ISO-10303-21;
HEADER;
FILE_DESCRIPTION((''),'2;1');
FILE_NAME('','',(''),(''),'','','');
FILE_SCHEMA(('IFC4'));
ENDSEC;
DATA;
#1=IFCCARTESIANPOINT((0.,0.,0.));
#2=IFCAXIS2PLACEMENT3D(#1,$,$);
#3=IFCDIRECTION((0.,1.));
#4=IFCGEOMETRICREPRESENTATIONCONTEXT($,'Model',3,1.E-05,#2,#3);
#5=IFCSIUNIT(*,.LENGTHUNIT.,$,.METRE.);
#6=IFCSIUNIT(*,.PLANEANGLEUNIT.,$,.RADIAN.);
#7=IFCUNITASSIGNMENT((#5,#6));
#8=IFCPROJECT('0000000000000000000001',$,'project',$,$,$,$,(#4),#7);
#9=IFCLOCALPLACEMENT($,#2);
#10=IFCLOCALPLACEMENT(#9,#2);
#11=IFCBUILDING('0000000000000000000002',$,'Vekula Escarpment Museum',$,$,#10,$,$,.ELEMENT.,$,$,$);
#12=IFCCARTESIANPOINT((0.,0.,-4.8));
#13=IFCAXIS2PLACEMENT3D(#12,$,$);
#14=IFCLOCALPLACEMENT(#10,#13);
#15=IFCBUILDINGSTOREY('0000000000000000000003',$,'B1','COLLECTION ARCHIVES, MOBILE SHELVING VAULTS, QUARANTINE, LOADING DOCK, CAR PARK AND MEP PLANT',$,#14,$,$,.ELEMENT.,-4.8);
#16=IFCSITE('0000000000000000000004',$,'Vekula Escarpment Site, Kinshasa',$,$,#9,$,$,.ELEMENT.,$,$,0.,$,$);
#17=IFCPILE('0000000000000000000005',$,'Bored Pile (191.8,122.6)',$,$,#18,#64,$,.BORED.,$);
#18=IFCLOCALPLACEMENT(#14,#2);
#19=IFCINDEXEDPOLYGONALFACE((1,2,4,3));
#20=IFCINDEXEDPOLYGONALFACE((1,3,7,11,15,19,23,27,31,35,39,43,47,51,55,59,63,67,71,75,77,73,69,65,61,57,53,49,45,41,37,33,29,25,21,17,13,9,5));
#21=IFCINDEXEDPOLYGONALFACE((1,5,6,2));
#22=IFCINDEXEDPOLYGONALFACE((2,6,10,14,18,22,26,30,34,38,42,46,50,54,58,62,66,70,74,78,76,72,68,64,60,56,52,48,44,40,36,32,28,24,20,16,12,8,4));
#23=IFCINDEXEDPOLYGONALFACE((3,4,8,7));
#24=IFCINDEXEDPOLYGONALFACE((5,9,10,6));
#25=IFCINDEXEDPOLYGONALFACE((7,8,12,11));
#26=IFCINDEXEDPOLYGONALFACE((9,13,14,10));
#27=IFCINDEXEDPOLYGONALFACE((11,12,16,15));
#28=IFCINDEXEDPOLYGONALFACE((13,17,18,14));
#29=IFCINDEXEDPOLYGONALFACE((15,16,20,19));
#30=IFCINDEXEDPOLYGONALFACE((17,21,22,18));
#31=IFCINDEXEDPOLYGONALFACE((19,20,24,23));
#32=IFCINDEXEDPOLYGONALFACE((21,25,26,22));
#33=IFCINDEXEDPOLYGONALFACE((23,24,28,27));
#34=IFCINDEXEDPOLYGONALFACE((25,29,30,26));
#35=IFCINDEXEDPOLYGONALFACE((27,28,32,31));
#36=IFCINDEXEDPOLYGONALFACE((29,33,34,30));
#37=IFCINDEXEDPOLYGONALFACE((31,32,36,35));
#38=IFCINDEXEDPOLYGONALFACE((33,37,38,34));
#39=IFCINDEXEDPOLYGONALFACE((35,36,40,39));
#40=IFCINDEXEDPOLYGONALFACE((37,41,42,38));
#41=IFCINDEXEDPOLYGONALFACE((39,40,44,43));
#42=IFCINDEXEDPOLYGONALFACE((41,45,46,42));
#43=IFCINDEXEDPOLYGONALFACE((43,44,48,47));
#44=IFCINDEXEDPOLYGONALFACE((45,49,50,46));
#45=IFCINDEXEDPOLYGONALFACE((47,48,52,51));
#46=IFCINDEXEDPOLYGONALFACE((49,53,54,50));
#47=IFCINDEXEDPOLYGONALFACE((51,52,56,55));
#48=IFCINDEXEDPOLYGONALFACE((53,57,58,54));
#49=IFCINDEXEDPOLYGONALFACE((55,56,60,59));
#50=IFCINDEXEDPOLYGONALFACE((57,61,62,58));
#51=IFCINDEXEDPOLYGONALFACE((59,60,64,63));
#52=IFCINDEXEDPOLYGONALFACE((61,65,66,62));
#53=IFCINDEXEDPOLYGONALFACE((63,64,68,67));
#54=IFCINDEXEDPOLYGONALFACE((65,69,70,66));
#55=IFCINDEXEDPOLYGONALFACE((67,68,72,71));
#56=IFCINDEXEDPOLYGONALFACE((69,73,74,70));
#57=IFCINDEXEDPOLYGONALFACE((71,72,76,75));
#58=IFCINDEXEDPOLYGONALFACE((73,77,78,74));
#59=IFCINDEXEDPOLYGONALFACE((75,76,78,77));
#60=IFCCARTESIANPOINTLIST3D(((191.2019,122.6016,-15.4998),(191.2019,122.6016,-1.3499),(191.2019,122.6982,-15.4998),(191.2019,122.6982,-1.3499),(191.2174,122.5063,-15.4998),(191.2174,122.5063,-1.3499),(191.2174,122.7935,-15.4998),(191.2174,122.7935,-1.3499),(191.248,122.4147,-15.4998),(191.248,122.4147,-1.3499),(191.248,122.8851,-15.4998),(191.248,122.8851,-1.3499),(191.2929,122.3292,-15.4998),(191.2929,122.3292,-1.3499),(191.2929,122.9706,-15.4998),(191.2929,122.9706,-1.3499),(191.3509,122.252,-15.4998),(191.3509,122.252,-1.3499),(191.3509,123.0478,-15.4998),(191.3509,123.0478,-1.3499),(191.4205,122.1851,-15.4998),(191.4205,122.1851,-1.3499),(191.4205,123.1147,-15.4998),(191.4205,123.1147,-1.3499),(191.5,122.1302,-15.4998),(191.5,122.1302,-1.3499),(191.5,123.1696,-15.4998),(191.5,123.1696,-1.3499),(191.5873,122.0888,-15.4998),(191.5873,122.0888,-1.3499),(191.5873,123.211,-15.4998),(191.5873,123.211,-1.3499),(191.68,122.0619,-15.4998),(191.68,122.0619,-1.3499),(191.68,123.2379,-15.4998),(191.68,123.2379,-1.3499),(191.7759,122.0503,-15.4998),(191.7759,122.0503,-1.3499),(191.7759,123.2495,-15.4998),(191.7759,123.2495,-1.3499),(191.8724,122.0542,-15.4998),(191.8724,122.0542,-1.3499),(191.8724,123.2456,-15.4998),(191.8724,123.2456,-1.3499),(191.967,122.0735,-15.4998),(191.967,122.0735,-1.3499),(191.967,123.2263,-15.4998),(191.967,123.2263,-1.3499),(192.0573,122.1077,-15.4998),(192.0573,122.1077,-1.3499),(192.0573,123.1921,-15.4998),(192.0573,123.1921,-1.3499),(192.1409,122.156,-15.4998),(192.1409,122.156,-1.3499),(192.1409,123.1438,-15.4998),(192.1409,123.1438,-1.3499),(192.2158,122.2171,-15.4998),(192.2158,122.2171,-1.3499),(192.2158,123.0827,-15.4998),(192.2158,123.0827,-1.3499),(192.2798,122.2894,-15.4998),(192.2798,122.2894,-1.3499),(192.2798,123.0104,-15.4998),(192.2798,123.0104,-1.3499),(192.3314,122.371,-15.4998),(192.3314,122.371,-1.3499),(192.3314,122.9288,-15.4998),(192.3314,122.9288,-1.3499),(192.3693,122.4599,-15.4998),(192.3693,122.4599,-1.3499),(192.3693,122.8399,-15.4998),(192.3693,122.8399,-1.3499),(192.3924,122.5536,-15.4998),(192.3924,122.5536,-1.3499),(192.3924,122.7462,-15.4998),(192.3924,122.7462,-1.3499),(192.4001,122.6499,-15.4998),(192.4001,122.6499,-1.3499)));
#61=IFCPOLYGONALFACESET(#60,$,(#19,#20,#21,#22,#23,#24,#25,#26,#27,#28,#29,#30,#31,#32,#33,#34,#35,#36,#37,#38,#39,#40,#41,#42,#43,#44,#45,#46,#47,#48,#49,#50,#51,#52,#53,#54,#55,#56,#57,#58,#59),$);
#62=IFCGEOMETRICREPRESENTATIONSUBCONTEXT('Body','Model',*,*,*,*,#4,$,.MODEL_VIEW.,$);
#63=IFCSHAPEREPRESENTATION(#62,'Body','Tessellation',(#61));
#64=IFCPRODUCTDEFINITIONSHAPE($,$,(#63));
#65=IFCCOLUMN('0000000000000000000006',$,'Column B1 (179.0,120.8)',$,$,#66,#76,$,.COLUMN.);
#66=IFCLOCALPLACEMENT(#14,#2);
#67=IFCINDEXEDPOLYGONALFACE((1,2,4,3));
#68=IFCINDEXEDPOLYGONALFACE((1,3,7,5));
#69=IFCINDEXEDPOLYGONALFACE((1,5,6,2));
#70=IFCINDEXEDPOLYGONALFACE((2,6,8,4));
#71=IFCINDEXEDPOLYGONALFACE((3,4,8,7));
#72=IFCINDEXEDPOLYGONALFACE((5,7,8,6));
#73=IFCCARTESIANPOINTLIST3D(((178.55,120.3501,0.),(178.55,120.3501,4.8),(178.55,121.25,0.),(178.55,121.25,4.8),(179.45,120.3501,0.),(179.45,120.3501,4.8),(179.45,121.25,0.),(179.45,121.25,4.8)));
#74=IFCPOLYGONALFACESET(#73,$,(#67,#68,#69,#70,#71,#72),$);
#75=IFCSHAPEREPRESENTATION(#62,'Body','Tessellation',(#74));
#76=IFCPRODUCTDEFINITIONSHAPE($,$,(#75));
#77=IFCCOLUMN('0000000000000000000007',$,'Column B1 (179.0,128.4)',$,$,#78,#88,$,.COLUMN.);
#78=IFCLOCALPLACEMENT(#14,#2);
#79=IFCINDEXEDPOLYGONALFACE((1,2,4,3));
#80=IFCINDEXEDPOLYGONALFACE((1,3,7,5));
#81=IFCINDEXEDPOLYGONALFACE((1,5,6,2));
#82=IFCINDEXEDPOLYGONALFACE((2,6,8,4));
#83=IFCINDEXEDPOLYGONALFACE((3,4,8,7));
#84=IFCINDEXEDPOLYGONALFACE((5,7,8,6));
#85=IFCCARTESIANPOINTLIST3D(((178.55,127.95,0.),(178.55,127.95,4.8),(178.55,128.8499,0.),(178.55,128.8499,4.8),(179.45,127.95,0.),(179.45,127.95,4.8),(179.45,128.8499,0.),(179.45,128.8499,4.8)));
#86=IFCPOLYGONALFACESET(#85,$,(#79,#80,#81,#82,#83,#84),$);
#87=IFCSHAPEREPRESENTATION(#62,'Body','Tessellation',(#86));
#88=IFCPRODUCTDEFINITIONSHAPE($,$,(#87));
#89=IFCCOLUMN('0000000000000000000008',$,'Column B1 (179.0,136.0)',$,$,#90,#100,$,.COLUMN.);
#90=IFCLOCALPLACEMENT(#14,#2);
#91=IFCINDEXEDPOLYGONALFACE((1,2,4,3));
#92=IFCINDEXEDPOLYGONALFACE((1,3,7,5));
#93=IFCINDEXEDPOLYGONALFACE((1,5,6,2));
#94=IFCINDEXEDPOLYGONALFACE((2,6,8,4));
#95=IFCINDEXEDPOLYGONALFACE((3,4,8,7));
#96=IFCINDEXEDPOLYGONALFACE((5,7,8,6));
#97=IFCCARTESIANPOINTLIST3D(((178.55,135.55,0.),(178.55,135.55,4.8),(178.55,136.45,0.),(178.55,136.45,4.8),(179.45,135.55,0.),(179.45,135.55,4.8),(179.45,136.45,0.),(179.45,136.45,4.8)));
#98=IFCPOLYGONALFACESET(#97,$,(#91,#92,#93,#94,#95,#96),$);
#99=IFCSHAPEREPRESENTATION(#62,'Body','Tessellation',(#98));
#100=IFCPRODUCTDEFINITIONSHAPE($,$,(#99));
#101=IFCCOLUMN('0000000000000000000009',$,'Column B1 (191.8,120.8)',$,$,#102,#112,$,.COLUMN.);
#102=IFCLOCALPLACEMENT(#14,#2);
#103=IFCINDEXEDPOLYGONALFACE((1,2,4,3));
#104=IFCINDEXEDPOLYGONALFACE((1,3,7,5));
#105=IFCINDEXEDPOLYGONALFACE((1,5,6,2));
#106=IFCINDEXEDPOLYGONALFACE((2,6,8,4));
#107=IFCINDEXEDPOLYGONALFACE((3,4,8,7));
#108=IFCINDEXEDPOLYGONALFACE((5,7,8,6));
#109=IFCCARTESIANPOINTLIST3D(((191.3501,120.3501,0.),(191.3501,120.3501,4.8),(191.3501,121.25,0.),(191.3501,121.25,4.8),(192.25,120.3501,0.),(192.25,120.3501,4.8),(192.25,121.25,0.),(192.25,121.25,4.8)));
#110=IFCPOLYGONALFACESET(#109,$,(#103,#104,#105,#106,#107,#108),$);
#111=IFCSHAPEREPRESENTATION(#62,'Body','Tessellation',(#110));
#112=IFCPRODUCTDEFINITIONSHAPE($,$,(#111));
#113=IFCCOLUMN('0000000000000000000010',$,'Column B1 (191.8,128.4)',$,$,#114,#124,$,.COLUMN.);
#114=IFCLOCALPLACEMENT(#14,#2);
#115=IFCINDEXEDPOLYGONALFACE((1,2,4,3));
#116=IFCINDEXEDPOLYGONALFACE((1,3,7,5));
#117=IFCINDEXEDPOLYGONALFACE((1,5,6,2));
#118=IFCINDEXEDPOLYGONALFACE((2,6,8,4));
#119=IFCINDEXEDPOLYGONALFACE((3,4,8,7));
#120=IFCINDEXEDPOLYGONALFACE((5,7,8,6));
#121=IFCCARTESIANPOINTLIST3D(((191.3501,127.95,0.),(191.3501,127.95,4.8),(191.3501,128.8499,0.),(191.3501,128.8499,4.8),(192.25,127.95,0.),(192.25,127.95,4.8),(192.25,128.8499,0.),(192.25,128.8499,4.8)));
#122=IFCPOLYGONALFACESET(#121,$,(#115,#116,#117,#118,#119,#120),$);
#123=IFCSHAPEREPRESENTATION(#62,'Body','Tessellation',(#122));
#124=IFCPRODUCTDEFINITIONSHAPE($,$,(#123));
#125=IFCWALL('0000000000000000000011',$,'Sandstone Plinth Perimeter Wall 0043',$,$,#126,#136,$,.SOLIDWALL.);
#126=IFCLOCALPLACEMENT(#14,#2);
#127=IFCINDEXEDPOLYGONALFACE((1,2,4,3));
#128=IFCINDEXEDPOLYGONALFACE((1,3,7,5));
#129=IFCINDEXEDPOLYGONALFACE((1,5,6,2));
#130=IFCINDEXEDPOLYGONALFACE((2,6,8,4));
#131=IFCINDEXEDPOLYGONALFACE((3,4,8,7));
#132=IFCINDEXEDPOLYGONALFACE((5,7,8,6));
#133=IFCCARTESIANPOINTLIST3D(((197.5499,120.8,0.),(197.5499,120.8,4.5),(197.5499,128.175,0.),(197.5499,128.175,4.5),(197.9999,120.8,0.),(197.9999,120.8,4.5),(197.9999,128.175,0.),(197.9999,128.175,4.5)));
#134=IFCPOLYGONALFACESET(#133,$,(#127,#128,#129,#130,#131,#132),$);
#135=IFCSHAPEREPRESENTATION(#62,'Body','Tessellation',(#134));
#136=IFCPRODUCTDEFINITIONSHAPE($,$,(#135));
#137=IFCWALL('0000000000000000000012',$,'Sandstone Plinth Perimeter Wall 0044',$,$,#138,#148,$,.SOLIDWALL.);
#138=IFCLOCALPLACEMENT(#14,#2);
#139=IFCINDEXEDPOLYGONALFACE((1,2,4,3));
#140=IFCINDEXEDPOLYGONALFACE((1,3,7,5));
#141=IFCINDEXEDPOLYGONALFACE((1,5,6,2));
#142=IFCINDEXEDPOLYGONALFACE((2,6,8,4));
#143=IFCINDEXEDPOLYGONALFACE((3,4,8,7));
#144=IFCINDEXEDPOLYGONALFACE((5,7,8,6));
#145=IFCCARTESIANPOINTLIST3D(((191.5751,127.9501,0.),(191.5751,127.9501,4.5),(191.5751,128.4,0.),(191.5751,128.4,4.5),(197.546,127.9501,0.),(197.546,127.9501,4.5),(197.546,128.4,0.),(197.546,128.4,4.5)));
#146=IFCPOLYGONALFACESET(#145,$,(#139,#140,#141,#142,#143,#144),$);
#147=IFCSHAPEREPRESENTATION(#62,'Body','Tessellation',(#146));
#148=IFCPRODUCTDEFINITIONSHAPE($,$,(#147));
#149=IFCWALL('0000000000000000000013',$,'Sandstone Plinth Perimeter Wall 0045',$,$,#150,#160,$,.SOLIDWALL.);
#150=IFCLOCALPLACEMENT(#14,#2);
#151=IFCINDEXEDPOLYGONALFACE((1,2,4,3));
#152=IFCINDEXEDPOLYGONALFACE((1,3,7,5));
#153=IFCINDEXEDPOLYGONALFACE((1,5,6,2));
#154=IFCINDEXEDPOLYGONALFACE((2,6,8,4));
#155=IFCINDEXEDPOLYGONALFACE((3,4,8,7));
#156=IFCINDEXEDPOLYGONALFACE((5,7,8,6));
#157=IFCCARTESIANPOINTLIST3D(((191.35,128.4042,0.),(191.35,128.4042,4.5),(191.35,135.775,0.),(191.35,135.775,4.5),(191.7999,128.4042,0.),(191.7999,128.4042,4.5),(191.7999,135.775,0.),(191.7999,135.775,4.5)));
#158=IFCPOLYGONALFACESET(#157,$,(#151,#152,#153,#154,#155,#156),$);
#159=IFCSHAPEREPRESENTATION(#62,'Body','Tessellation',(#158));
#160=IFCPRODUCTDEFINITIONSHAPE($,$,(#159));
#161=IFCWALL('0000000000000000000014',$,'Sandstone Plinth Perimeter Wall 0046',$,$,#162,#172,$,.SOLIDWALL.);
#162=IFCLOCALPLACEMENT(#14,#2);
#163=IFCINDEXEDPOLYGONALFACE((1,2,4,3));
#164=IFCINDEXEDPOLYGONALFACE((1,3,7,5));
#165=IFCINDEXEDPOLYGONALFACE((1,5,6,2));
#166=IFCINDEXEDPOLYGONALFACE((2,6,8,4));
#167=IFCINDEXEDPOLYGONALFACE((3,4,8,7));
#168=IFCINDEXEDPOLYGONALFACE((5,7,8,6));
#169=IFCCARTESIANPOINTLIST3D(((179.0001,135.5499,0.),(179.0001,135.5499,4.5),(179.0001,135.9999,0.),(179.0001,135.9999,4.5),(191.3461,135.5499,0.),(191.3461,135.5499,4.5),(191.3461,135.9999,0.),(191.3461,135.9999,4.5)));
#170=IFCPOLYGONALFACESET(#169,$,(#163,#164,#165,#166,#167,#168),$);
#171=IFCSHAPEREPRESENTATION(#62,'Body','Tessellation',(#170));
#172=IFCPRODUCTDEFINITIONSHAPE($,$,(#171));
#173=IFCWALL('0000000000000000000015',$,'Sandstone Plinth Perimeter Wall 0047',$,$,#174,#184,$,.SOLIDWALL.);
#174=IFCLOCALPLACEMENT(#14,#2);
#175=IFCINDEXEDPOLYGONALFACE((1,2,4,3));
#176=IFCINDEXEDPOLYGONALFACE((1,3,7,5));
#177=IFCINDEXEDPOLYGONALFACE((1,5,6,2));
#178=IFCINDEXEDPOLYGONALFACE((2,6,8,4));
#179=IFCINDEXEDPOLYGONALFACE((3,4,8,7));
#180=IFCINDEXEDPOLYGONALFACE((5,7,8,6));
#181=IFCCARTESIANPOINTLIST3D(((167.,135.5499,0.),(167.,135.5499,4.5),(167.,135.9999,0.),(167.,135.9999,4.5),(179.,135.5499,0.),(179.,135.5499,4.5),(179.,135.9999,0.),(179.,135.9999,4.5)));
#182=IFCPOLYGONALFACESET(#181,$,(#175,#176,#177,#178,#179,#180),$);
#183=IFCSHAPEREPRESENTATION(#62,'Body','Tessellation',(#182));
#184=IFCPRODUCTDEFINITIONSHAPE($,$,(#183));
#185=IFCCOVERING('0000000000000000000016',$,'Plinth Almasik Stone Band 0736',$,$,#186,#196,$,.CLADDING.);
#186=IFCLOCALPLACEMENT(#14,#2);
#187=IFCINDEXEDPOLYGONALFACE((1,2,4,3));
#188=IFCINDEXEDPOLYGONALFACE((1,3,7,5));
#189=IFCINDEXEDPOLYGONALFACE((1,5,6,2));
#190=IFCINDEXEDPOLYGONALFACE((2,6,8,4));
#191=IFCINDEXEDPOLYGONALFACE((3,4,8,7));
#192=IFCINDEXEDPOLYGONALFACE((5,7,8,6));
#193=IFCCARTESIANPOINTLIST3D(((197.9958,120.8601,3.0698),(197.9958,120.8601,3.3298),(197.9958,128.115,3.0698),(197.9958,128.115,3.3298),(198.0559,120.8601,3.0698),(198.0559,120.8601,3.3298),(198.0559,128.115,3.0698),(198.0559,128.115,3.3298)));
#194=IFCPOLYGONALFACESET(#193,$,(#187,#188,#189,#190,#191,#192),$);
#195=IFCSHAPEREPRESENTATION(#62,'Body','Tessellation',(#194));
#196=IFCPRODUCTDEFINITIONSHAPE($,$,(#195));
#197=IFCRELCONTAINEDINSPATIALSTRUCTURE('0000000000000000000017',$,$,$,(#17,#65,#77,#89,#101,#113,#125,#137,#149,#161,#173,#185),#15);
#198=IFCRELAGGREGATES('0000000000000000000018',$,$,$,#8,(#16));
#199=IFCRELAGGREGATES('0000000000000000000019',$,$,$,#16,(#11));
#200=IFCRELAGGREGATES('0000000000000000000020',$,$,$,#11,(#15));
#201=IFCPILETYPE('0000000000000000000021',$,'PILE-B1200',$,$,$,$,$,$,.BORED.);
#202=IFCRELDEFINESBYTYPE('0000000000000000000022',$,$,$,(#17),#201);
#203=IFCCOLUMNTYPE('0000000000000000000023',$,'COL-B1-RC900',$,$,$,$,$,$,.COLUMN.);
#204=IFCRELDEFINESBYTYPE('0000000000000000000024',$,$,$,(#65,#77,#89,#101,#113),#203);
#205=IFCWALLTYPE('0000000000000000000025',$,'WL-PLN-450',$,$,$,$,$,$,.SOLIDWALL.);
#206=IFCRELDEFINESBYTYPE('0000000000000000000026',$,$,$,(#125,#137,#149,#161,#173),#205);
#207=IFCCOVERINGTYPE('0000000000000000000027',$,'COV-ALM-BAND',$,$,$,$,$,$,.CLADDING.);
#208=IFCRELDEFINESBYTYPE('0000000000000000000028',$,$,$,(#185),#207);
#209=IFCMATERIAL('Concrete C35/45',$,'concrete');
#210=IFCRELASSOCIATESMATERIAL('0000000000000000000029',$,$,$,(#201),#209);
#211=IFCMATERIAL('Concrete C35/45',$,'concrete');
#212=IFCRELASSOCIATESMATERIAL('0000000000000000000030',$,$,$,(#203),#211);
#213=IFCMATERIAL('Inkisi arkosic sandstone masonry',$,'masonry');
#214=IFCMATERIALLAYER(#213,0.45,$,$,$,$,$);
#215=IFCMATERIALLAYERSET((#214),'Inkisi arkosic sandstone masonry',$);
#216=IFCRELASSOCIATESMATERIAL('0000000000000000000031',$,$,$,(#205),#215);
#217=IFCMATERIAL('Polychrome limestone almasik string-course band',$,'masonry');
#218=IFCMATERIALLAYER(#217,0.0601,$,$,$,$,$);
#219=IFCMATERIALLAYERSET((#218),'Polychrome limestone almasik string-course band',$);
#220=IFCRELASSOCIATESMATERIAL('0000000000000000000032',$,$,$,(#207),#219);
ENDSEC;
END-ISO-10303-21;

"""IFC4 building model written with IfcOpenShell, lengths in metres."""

from ifc_helpers import new_model, si_unit, direction, frame, frame_2d, origin, origin_2d, place, context, subcontext, project, spatial, rectangle, circle, extrude, material, layer, layer_set, material_profile, profile_set, type_object, element, save


model = new_model("IFC4")

# Units and contexts
model_context = context("Model", 3, precision=1e-05, world=origin(), true_north=direction((0.0, 1.0)))
body_context = subcontext(model_context, "Body", "Model", "MODEL_VIEW")
ifc_project = project(units=[si_unit("LENGTHUNIT", "METRE"), si_unit("PLANEANGLEUNIT", "RADIAN")], contexts=[model_context])

# Site, building, storey
site_placement = place(None, origin())
site = spatial("IfcSite", under=ifc_project, at=site_placement, Name="Vekula Escarpment Site, Kinshasa", CompositionType="ELEMENT", RefElevation=0.0)
building_placement = place(site_placement, origin())
building = spatial("IfcBuilding", under=site, at=building_placement, Name="Vekula Escarpment Museum", CompositionType="ELEMENT")
storey_placement = place(building_placement, frame((0.0, 0.0, -4.8)))
storey = spatial("IfcBuildingStorey", under=building, at=storey_placement, Name="B1", Description="COLLECTION ARCHIVES, MOBILE SHELVING VAULTS, QUARANTINE, LOADING DOCK, CAR PARK AND MEP PLANT", CompositionType="ELEMENT", Elevation=-4.8)

# Pile
ifc_material_1 = material(Name="Concrete C35/45", Category="concrete")
ifc_material_profile_1 = material_profile(ifc_material_1, circle(Radius=0.6001, at=origin_2d()), Name="BORED PILE 1200")
ifc_profile_set_1 = profile_set([ifc_material_profile_1], Name="Concrete C35/45")
pile_type = type_object("IfcPileType", Name="PILE-B1200", PredefinedType="BORED", material=ifc_profile_set_1)
for number, where, z_axis, x_axis, name in (
    (1, (191.8, 122.6499, -1.3499), (0.0, 0.0, -1.0), (1.0, 0.0, 0.0), "Bored Pile (191.8,122.6)"),
):
    element("IfcPile", number, at=place(storey_placement, frame(where, z_axis=z_axis, x_axis=x_axis)), inside=storey, type_object=pile_type, Name=name, PredefinedType="BORED", context=body_context, shape_type="SweptSolid", body=[
        extrude(circle(Radius=0.6001, at=origin_2d()), origin(), (0.0, 0.0, 1.0), 14.1499),
    ])

# Columns
ifc_material_2 = material(Name="Concrete C35/45", Category="concrete")
ifc_material_profile_2 = material_profile(ifc_material_2, rectangle(XDim=0.8999, YDim=0.8999, at=origin_2d()), Name="RC 900x900")
ifc_profile_set_2 = profile_set([ifc_material_profile_2], Name="Concrete C35/45")
column_type = type_object("IfcColumnType", Name="COL-B1-RC900", PredefinedType="COLUMN", material=ifc_profile_set_2)
for number, where, z_axis, x_axis, name in (
    (2, (179.0, 120.8, 0.0), (0.0, 0.0, 1.0), (1.0, 0.0, 0.0), "Column B1 (179.0,120.8)"),
    (3, (179.0, 128.3999, 0.0), (0.0, 0.0, 1.0), (1.0, 0.0, 0.0), "Column B1 (179.0,128.4)"),
    (4, (179.0, 136.0, 0.0), (0.0, 0.0, 1.0), (1.0, 0.0, 0.0), "Column B1 (179.0,136.0)"),
    (5, (191.8, 120.8, 0.0), (0.0, 0.0, 1.0), (1.0, 0.0, 0.0), "Column B1 (191.8,120.8)"),
    (6, (191.8, 128.3999, 0.0), (0.0, 0.0, 1.0), (1.0, 0.0, 0.0), "Column B1 (191.8,128.4)"),
):
    element("IfcColumn", number, at=place(storey_placement, frame(where, z_axis=z_axis, x_axis=x_axis)), inside=storey, type_object=column_type, Name=name, PredefinedType="COLUMN", context=body_context, shape_type="SweptSolid", body=[
        extrude(rectangle(XDim=0.8999, YDim=0.8999, at=origin_2d()), origin(), (0.0, 0.0, 1.0), 4.8),
    ])

# Walls
ifc_material_3 = material(Name="Inkisi arkosic sandstone masonry", Category="masonry")
ifc_layer_1 = layer(ifc_material_3, 0.45)
ifc_layer_set_1 = layer_set([ifc_layer_1], Name="Inkisi arkosic sandstone masonry")
wall_type = type_object("IfcWallType", Name="WL-PLN-450", PredefinedType="SOLIDWALL", material=ifc_layer_set_1)
wall_1_placement = place(storey_placement, frame((197.7749, 120.8, 0.0), z_axis=(0.0, 0.0, 1.0), x_axis=(0.0, 1.0, 0.0)))
element("IfcWall", 7, at=wall_1_placement, inside=storey, type_object=wall_type, Name="Sandstone Plinth Perimeter Wall 0043", PredefinedType="SOLIDWALL", context=body_context, shape_type="SweptSolid", body=[
    extrude(rectangle(XDim=7.375, YDim=0.45, at=frame_2d((3.6875, 0.0))), origin(), (0.0, 0.0, 1.0), 4.5),
])
wall_2_placement = place(storey_placement, frame((197.5459, 128.175, 0.0), z_axis=(0.0, 0.0, 1.0), x_axis=(-1.0, 0.0, 0.0)))
element("IfcWall", 8, at=wall_2_placement, inside=storey, type_object=wall_type, Name="Sandstone Plinth Perimeter Wall 0044", PredefinedType="SOLIDWALL", context=body_context, shape_type="SweptSolid", body=[
    extrude(rectangle(XDim=5.9709, YDim=0.45, at=frame_2d((2.9854, 0.0))), origin(), (0.0, 0.0, 1.0), 4.5),
])
wall_3_placement = place(storey_placement, frame((191.575, 128.4041, 0.0), z_axis=(0.0, 0.0, 1.0), x_axis=(0.0, 1.0, 0.0)))
element("IfcWall", 9, at=wall_3_placement, inside=storey, type_object=wall_type, Name="Sandstone Plinth Perimeter Wall 0045", PredefinedType="SOLIDWALL", context=body_context, shape_type="SweptSolid", body=[
    extrude(rectangle(XDim=7.3708, YDim=0.45, at=frame_2d((3.6855, 0.0))), origin(), (0.0, 0.0, 1.0), 4.5),
])
wall_4_placement = place(storey_placement, frame((191.3459, 135.7749, 0.0), z_axis=(0.0, 0.0, 1.0), x_axis=(-1.0, 0.0, 0.0)))
element("IfcWall", 10, at=wall_4_placement, inside=storey, type_object=wall_type, Name="Sandstone Plinth Perimeter Wall 0046", PredefinedType="SOLIDWALL", context=body_context, shape_type="SweptSolid", body=[
    extrude(rectangle(XDim=12.3459, YDim=0.45, at=frame_2d((6.1729, 0.0))), origin(), (0.0, 0.0, 1.0), 4.5),
])
wall_5_placement = place(storey_placement, frame((179.0, 135.7749, 0.0), z_axis=(0.0, 0.0, 1.0), x_axis=(-1.0, 0.0, 0.0)))
element("IfcWall", 11, at=wall_5_placement, inside=storey, type_object=wall_type, Name="Sandstone Plinth Perimeter Wall 0047", PredefinedType="SOLIDWALL", context=body_context, shape_type="SweptSolid", body=[
    extrude(rectangle(XDim=12.0, YDim=0.45, at=frame_2d((6.0, 0.0))), origin(), (0.0, 0.0, 1.0), 4.5),
])

# Covering
ifc_material_4 = material(Name="Polychrome limestone almasik string-course band", Category="masonry")
ifc_layer_2 = layer(ifc_material_4, 0.0601)
ifc_layer_set_2 = layer_set([ifc_layer_2], Name="Polychrome limestone almasik string-course band")
covering_type = type_object("IfcCoveringType", Name="COV-ALM-BAND", PredefinedType="CLADDING", material=ifc_layer_set_2)
covering_1_placement = place(storey_placement, frame((198.0259, 124.4875, 3.0698), z_axis=(0.0, 0.0, 1.0), x_axis=(0.0, 1.0, 0.0)))
element("IfcCovering", 12, at=covering_1_placement, inside=storey, type_object=covering_type, Name="Plinth Almasik Stone Band 0736", PredefinedType="CLADDING", context=body_context, shape_type="SweptSolid", body=[
    extrude(rectangle(XDim=7.2549, YDim=0.0601, at=origin_2d()), origin(), (0.0, 0.0, 1.0), 0.26),
])

save(model, "model.ifc")
